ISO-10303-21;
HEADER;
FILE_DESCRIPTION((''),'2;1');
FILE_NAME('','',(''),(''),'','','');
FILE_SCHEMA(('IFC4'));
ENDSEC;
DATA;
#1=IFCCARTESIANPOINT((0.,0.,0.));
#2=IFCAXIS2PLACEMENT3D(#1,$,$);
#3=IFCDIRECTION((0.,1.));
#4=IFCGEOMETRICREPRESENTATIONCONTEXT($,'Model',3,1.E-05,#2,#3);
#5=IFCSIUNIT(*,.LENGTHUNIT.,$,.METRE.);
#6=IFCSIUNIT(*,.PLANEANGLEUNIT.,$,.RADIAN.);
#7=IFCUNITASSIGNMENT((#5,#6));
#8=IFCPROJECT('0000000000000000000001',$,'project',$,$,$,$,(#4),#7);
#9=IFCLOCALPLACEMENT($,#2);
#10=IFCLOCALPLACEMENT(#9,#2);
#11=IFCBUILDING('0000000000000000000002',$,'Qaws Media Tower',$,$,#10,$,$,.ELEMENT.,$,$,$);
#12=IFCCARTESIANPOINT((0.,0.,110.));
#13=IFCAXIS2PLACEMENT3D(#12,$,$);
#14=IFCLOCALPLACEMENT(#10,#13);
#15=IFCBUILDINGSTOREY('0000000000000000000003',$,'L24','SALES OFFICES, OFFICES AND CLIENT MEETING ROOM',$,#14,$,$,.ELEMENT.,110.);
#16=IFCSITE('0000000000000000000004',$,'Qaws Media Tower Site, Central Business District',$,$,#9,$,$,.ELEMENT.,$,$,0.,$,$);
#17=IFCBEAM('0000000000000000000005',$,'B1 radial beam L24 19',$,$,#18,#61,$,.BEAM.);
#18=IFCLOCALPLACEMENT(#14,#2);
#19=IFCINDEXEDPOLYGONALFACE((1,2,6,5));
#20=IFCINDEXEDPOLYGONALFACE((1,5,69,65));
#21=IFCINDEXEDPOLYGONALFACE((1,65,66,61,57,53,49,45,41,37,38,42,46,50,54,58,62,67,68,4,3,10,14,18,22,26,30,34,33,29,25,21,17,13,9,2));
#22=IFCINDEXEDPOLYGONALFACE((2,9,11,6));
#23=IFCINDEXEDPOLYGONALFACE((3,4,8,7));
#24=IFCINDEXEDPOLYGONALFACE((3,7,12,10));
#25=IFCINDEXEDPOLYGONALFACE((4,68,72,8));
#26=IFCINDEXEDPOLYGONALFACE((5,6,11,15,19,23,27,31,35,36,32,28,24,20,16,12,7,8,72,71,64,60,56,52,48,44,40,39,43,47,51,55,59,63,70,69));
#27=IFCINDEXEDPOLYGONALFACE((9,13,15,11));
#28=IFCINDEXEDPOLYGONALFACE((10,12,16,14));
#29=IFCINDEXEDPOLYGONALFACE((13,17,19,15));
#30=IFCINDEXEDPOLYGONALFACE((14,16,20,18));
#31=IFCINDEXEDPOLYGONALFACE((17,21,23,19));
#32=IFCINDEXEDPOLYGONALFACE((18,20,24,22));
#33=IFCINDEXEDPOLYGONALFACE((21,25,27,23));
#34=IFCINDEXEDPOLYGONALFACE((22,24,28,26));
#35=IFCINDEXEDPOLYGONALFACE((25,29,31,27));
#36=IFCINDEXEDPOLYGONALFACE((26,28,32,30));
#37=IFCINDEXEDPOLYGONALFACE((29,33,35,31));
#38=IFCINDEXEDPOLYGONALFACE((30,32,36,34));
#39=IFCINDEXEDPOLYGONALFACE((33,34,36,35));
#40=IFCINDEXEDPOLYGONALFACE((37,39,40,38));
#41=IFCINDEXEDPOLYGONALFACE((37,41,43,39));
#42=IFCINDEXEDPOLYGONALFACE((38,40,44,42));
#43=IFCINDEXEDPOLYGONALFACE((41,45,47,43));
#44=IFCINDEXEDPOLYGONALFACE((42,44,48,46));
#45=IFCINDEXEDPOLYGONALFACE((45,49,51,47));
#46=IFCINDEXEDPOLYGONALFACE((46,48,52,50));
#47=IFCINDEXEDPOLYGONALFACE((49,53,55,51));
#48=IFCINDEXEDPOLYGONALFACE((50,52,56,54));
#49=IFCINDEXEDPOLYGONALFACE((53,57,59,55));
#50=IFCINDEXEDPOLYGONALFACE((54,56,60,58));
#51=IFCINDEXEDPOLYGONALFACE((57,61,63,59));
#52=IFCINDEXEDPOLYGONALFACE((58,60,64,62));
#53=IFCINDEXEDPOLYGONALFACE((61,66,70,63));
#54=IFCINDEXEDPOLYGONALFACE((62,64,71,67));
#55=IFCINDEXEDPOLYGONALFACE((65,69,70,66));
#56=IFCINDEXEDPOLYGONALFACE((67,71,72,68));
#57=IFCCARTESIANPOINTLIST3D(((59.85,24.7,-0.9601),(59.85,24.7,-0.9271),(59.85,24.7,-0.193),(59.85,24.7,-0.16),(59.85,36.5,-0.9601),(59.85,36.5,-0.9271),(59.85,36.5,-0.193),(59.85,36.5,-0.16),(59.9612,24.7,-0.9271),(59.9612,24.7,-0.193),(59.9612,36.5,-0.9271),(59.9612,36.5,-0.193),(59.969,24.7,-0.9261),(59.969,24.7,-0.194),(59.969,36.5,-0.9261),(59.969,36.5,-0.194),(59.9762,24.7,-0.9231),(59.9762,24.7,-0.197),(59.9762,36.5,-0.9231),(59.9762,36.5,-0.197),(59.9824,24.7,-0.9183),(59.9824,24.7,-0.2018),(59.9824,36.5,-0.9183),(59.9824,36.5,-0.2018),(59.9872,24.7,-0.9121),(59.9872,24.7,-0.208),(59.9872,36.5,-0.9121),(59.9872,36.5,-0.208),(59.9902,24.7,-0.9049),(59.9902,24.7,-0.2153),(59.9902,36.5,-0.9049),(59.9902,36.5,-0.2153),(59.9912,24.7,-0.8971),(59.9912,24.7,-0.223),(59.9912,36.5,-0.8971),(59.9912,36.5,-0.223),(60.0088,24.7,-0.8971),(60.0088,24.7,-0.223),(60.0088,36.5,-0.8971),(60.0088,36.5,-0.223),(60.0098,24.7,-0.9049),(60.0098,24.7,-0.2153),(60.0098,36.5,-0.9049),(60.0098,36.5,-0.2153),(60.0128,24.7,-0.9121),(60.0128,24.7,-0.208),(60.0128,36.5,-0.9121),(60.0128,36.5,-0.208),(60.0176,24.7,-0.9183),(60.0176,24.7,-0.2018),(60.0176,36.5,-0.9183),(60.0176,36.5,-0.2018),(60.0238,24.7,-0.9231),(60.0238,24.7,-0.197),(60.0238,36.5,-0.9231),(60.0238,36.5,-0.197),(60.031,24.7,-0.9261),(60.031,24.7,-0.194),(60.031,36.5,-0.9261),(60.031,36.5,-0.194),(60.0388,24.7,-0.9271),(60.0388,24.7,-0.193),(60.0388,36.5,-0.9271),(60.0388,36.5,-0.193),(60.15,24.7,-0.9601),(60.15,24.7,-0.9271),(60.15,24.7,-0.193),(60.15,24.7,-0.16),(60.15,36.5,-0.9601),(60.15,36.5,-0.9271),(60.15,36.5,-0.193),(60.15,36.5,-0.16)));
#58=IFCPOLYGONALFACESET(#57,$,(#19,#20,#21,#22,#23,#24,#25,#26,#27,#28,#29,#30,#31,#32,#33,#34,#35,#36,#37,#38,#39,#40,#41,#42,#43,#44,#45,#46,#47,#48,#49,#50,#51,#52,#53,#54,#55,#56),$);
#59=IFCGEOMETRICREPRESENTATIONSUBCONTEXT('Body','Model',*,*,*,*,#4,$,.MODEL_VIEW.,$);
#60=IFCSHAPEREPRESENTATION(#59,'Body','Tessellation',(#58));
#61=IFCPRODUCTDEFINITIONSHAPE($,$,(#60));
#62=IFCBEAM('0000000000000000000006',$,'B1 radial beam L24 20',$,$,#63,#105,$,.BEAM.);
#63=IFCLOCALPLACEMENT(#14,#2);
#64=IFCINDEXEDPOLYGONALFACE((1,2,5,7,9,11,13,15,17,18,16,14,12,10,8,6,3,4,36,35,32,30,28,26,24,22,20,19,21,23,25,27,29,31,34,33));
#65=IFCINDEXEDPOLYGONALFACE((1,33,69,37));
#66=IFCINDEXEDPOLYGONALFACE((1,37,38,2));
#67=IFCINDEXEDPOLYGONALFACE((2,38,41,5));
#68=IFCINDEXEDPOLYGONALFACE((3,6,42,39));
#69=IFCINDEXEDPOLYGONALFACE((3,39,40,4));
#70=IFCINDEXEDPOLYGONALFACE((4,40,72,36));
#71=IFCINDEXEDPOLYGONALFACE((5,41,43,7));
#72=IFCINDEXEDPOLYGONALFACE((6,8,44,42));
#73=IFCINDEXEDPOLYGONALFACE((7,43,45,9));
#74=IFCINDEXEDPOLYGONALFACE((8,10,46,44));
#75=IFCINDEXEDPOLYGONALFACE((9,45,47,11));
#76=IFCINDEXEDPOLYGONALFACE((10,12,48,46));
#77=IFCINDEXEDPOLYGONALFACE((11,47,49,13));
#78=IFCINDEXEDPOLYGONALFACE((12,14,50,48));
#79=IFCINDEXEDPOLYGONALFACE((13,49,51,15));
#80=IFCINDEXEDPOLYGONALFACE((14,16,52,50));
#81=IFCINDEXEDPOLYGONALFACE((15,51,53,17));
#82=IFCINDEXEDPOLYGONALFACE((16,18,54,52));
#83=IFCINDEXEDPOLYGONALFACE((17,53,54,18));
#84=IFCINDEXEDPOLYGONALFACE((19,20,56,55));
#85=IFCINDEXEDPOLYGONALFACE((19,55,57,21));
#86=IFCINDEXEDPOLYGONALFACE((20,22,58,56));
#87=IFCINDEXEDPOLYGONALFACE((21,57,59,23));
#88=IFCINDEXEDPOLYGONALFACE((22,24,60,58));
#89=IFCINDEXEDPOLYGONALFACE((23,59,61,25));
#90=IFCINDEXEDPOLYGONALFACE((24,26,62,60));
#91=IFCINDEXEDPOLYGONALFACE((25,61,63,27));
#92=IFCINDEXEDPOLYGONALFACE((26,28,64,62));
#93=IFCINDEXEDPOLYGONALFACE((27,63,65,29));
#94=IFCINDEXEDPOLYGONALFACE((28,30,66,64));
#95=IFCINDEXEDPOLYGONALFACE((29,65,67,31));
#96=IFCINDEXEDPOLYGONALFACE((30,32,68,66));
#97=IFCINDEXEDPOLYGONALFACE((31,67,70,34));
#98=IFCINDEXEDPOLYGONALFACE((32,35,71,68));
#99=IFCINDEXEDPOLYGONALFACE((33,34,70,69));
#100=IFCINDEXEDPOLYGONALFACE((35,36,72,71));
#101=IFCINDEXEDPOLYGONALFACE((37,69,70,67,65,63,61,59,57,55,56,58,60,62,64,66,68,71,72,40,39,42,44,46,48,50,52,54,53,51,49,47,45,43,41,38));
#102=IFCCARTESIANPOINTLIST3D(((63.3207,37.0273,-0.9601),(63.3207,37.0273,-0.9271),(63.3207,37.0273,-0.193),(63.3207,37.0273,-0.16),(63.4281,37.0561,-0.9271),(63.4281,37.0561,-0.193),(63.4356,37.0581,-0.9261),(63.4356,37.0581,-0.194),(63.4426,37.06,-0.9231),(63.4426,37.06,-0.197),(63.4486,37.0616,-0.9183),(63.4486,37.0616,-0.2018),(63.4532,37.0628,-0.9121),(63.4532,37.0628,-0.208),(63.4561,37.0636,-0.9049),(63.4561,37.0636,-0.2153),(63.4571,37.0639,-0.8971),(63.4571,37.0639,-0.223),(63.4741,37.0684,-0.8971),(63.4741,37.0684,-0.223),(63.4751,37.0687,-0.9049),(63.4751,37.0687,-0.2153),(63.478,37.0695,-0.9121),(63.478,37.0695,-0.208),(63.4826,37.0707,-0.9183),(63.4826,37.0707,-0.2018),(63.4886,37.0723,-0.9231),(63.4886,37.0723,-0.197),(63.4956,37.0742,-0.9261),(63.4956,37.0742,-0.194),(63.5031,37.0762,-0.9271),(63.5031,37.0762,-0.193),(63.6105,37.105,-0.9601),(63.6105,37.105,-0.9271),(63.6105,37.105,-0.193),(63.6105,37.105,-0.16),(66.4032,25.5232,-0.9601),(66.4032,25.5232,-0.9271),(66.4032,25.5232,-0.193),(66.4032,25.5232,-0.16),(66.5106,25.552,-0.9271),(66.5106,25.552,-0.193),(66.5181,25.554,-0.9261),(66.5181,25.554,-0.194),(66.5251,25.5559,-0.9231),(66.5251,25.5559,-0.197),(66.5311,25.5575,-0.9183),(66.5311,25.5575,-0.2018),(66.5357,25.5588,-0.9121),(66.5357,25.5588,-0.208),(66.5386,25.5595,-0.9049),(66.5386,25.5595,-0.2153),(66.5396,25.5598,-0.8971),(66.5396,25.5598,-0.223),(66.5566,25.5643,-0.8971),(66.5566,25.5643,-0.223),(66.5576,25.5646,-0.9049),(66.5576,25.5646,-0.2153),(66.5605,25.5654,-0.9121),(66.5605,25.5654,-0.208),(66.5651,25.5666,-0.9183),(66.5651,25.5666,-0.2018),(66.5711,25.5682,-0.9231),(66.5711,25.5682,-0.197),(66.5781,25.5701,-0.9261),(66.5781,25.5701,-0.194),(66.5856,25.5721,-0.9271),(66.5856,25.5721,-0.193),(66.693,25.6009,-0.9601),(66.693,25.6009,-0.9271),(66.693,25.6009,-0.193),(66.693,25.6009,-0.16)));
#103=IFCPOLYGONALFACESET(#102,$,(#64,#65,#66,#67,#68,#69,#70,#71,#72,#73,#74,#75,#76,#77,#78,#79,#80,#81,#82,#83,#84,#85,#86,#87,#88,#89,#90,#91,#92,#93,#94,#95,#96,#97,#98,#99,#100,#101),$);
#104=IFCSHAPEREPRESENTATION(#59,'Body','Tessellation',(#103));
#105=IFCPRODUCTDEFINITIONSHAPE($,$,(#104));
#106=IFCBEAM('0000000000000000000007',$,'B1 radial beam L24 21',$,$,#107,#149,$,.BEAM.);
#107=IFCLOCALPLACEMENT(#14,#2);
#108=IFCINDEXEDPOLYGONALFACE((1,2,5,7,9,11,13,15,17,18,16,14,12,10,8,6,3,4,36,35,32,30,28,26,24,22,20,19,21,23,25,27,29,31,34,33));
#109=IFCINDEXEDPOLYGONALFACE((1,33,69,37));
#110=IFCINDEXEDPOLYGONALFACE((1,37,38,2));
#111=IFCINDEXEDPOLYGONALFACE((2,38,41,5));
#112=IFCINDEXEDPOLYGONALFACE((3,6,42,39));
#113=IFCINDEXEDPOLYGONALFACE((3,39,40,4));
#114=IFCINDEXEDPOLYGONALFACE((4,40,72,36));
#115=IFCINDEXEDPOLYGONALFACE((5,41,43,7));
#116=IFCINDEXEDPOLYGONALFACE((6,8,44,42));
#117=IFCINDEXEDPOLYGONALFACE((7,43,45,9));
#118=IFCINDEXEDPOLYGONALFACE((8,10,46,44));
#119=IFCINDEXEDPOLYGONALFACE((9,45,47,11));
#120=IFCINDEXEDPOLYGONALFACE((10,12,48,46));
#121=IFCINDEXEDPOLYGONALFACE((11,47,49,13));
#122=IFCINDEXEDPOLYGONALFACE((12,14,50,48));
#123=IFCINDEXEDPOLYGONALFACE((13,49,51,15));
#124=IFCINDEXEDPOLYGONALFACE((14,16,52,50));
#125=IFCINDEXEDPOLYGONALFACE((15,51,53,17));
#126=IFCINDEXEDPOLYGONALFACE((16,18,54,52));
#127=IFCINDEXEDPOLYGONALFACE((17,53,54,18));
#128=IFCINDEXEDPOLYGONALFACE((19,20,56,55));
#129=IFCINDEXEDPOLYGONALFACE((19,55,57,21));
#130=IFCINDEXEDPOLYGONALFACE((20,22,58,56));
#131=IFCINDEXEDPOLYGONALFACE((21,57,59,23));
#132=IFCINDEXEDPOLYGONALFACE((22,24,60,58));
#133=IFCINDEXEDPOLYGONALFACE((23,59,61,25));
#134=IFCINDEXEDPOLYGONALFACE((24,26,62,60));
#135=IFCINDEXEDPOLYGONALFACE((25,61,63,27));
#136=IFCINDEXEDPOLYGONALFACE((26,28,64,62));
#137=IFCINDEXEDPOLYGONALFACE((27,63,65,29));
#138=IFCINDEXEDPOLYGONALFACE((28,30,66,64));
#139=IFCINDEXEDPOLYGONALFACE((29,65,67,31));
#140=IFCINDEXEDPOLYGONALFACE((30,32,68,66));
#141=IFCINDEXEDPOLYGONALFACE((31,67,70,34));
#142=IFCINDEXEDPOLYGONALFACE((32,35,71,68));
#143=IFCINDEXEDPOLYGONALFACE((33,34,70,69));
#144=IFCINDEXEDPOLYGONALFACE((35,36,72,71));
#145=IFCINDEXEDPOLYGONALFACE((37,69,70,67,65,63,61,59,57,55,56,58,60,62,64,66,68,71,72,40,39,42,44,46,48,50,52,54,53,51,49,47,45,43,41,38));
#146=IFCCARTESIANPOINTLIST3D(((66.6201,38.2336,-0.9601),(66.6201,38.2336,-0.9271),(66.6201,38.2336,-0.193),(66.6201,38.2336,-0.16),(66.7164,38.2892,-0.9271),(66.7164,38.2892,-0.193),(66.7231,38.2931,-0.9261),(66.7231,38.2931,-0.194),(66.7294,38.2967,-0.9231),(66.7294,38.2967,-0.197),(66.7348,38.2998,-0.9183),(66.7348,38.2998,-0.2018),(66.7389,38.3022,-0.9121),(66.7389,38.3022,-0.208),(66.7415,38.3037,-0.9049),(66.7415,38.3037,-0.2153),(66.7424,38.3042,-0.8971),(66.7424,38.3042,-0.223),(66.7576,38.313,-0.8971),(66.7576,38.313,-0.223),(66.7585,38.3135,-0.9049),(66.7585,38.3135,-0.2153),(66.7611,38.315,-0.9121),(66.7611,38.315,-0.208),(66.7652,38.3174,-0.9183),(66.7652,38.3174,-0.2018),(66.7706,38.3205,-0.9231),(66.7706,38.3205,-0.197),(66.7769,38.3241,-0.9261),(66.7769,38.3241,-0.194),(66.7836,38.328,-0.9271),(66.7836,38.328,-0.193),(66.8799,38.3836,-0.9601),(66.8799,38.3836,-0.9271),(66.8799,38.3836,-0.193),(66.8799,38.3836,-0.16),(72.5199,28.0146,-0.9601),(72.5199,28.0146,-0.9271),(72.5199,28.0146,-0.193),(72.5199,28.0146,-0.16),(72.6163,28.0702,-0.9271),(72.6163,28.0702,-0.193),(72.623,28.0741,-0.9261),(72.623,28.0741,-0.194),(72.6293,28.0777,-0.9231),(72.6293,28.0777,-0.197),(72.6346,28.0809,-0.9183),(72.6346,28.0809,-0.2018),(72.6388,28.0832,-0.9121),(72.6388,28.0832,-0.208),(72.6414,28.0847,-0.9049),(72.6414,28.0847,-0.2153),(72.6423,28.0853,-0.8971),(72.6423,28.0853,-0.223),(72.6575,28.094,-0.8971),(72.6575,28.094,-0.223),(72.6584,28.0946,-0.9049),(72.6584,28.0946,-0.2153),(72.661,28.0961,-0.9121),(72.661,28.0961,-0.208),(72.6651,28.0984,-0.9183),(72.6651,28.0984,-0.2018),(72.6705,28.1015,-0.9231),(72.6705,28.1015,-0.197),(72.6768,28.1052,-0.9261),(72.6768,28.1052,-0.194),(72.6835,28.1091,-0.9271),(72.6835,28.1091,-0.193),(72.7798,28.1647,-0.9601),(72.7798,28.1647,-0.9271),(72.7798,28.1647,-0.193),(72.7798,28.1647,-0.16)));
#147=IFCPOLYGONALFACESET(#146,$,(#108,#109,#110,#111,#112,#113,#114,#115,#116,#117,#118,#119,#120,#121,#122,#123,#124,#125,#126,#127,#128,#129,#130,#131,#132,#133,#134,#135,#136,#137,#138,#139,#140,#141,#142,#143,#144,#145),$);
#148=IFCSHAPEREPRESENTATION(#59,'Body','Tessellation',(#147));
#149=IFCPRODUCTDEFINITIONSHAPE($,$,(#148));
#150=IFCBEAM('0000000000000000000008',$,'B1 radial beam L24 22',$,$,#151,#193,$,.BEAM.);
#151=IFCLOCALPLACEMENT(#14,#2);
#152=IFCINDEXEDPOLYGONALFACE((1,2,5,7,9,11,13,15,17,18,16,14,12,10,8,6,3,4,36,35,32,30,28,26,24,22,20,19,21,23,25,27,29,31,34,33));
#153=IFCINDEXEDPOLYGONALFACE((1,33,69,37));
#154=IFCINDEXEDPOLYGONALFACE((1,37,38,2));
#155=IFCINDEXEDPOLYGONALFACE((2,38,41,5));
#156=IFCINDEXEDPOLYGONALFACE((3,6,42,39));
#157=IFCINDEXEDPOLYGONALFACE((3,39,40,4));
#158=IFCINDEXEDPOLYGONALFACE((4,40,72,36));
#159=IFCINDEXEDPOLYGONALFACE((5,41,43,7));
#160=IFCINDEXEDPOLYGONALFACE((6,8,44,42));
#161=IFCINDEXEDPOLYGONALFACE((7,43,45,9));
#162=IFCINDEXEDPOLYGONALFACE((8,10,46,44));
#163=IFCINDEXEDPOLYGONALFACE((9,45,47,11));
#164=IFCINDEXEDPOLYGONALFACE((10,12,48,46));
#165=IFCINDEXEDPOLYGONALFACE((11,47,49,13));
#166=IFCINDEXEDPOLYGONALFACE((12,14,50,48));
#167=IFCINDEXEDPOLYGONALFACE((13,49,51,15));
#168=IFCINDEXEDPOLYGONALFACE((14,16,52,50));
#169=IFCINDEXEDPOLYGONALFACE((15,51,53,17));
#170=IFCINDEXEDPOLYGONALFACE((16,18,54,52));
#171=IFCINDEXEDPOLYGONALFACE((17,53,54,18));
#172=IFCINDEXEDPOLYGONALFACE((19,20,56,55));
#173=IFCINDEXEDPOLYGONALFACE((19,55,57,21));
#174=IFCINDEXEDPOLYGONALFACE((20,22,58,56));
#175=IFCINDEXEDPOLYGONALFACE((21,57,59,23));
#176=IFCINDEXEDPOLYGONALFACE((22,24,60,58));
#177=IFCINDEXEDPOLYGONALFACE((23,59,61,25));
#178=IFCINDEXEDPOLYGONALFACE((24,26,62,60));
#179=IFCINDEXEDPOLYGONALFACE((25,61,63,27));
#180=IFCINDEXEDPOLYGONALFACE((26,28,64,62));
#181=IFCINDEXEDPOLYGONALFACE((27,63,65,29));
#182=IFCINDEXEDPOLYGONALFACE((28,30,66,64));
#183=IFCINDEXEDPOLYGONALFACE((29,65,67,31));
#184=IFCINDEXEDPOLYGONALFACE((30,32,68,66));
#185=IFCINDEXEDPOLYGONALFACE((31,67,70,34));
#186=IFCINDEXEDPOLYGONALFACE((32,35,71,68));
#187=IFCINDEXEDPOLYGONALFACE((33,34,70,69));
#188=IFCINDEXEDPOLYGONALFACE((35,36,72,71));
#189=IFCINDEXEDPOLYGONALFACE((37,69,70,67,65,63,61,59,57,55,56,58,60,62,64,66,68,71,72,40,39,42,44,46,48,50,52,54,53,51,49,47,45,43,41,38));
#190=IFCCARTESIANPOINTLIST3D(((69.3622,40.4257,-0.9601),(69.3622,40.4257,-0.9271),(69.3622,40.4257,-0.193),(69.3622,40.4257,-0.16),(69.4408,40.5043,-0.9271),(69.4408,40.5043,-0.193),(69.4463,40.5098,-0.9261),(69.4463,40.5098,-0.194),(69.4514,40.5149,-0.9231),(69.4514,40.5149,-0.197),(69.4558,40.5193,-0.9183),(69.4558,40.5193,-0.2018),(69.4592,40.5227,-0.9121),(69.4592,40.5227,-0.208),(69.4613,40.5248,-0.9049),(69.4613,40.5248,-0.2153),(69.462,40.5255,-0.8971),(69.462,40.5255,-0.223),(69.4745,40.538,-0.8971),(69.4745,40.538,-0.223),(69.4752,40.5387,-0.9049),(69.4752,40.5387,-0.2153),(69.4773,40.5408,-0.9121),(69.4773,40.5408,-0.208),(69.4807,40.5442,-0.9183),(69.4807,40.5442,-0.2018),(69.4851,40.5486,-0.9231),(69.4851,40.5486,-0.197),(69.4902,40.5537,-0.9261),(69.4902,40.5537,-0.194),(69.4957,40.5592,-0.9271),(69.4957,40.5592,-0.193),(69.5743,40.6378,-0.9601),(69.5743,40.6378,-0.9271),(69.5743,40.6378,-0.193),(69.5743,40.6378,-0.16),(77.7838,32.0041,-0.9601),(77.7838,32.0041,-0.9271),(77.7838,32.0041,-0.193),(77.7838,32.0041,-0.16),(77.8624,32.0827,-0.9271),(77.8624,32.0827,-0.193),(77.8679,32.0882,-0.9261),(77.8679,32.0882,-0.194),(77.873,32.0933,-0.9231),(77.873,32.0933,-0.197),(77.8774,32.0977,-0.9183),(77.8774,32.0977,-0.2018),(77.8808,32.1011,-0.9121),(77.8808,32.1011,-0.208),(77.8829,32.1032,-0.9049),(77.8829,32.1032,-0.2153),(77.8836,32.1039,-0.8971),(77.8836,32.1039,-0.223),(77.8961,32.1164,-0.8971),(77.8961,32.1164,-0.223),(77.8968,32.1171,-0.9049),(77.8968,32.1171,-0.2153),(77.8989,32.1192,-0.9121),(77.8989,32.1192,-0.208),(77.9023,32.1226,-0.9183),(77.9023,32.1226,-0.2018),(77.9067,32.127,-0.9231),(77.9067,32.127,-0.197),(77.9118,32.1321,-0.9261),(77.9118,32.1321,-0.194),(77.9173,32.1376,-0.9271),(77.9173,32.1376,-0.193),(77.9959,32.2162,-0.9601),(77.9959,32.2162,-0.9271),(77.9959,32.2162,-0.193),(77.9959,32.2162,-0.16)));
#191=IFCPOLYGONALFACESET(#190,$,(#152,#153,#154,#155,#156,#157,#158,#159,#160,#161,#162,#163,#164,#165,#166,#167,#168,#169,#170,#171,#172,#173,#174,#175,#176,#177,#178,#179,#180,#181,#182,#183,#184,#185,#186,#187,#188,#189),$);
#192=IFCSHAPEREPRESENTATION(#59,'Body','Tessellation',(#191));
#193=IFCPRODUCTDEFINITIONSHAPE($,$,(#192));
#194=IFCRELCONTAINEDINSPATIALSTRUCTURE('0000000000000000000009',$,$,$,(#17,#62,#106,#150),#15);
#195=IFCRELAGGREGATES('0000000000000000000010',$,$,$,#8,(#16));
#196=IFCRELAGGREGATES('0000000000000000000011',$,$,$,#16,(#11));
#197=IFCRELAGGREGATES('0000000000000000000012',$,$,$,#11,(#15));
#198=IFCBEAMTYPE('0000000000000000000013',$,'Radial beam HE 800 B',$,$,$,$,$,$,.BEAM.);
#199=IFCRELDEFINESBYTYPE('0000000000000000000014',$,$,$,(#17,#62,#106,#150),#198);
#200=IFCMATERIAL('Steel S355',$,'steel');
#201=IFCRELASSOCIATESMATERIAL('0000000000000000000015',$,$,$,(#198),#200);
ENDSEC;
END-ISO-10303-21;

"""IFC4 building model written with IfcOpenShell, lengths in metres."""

from ifc_helpers import new_model, si_unit, direction, frame, origin, origin_2d, place, context, subcontext, project, spatial, i_section, extrude, material, material_profile, profile_set, type_object, element, save


model = new_model("IFC4")

# Units and contexts
model_context = context("Model", 3, precision=1e-05, world=origin(), true_north=direction((0.0, 1.0)))
body_context = subcontext(model_context, "Body", "Model", "MODEL_VIEW")
ifc_project = project(units=[si_unit("LENGTHUNIT", "METRE"), si_unit("PLANEANGLEUNIT", "RADIAN")], contexts=[model_context])

# Site, building, storey
site_placement = place(None, origin())
site = spatial("IfcSite", under=ifc_project, at=site_placement, Name="Qaws Media Tower Site, Central Business District", CompositionType="ELEMENT", RefElevation=0.0)
building_placement = place(site_placement, origin())
building = spatial("IfcBuilding", under=site, at=building_placement, Name="Qaws Media Tower", CompositionType="ELEMENT")
storey_placement = place(building_placement, frame((0.0, 0.0, 110.0)))
storey = spatial("IfcBuildingStorey", under=building, at=storey_placement, Name="L24", Description="SALES OFFICES, OFFICES AND CLIENT MEETING ROOM", CompositionType="ELEMENT", Elevation=110.0)

# Beams
ifc_material_1 = material(Name="Steel S355", Category="steel")
ifc_material_profile_1 = material_profile(ifc_material_1, i_section(OverallWidth=0.3, OverallDepth=0.8, WebThickness=0.0176, FlangeThickness=0.033, FilletRadius=0.03, at=origin_2d()), Name="HE 800 B")
ifc_profile_set_1 = profile_set([ifc_material_profile_1], Name="Steel S355")
beam_type_1 = type_object("IfcBeamType", Name="Radial beam HE 800 B", PredefinedType="BEAM", material=ifc_profile_set_1)
beam_1_placement = place(storey_placement, frame((60.0, 36.5, -0.5601), z_axis=(0.0, -1.0, 0.0), x_axis=(1.0, 0.0, 0.0)))
element("IfcBeam", 1, at=beam_1_placement, inside=storey, type_object=beam_type_1, Name="B1 radial beam L24 19", PredefinedType="BEAM", context=body_context, shape_type="SweptSolid", body=[
    extrude(i_section(OverallWidth=0.3, OverallDepth=0.8, WebThickness=0.0176, FlangeThickness=0.033, FilletRadius=0.03, at=origin_2d()), origin(), (0.0, 0.0, 1.0), 11.8),
])
beam_2_placement = place(storey_placement, frame((63.4656, 37.0662, -0.5601), z_axis=(0.258818, -0.965926, 0.0), x_axis=(0.965926, 0.258818, 0.0)))
element("IfcBeam", 2, at=beam_2_placement, inside=storey, type_object=beam_type_1, Name="B1 radial beam L24 20", PredefinedType="BEAM", context=body_context, shape_type="SweptSolid", body=[
    extrude(i_section(OverallWidth=0.3, OverallDepth=0.8, WebThickness=0.0176, FlangeThickness=0.033, FilletRadius=0.03, at=origin_2d()), origin(), (0.0, 0.0, 1.0), 11.9099),
])
beam_3_placement = place(storey_placement, frame((66.75, 38.3086, -0.5601), z_axis=(0.499998, -0.866027, 0.0), x_axis=(0.866027, 0.499998, 0.0)))
element("IfcBeam", 3, at=beam_3_placement, inside=storey, type_object=beam_type_1, Name="B1 radial beam L24 21", PredefinedType="BEAM", context=body_context, shape_type="SweptSolid", body=[
    extrude(i_section(OverallWidth=0.3, OverallDepth=0.8, WebThickness=0.0176, FlangeThickness=0.033, FilletRadius=0.03, at=origin_2d()), origin(), (0.0, 0.0, 1.0), 11.7998),
])
beam_4_placement = place(storey_placement, frame((69.4683, 40.5317, -0.5601), z_axis=(0.707107, -0.707107, 0.0), x_axis=(0.707107, 0.707107, 0.0)))
element("IfcBeam", 4, at=beam_4_placement, inside=storey, type_object=beam_type_1, Name="B1 radial beam L24 22", PredefinedType="BEAM", context=body_context, shape_type="SweptSolid", body=[
    extrude(i_section(OverallWidth=0.3, OverallDepth=0.8, WebThickness=0.0176, FlangeThickness=0.033, FilletRadius=0.03, at=origin_2d()), origin(), (0.0, 0.0, 1.0), 11.9099),
])

save(model, "model.ifc")
